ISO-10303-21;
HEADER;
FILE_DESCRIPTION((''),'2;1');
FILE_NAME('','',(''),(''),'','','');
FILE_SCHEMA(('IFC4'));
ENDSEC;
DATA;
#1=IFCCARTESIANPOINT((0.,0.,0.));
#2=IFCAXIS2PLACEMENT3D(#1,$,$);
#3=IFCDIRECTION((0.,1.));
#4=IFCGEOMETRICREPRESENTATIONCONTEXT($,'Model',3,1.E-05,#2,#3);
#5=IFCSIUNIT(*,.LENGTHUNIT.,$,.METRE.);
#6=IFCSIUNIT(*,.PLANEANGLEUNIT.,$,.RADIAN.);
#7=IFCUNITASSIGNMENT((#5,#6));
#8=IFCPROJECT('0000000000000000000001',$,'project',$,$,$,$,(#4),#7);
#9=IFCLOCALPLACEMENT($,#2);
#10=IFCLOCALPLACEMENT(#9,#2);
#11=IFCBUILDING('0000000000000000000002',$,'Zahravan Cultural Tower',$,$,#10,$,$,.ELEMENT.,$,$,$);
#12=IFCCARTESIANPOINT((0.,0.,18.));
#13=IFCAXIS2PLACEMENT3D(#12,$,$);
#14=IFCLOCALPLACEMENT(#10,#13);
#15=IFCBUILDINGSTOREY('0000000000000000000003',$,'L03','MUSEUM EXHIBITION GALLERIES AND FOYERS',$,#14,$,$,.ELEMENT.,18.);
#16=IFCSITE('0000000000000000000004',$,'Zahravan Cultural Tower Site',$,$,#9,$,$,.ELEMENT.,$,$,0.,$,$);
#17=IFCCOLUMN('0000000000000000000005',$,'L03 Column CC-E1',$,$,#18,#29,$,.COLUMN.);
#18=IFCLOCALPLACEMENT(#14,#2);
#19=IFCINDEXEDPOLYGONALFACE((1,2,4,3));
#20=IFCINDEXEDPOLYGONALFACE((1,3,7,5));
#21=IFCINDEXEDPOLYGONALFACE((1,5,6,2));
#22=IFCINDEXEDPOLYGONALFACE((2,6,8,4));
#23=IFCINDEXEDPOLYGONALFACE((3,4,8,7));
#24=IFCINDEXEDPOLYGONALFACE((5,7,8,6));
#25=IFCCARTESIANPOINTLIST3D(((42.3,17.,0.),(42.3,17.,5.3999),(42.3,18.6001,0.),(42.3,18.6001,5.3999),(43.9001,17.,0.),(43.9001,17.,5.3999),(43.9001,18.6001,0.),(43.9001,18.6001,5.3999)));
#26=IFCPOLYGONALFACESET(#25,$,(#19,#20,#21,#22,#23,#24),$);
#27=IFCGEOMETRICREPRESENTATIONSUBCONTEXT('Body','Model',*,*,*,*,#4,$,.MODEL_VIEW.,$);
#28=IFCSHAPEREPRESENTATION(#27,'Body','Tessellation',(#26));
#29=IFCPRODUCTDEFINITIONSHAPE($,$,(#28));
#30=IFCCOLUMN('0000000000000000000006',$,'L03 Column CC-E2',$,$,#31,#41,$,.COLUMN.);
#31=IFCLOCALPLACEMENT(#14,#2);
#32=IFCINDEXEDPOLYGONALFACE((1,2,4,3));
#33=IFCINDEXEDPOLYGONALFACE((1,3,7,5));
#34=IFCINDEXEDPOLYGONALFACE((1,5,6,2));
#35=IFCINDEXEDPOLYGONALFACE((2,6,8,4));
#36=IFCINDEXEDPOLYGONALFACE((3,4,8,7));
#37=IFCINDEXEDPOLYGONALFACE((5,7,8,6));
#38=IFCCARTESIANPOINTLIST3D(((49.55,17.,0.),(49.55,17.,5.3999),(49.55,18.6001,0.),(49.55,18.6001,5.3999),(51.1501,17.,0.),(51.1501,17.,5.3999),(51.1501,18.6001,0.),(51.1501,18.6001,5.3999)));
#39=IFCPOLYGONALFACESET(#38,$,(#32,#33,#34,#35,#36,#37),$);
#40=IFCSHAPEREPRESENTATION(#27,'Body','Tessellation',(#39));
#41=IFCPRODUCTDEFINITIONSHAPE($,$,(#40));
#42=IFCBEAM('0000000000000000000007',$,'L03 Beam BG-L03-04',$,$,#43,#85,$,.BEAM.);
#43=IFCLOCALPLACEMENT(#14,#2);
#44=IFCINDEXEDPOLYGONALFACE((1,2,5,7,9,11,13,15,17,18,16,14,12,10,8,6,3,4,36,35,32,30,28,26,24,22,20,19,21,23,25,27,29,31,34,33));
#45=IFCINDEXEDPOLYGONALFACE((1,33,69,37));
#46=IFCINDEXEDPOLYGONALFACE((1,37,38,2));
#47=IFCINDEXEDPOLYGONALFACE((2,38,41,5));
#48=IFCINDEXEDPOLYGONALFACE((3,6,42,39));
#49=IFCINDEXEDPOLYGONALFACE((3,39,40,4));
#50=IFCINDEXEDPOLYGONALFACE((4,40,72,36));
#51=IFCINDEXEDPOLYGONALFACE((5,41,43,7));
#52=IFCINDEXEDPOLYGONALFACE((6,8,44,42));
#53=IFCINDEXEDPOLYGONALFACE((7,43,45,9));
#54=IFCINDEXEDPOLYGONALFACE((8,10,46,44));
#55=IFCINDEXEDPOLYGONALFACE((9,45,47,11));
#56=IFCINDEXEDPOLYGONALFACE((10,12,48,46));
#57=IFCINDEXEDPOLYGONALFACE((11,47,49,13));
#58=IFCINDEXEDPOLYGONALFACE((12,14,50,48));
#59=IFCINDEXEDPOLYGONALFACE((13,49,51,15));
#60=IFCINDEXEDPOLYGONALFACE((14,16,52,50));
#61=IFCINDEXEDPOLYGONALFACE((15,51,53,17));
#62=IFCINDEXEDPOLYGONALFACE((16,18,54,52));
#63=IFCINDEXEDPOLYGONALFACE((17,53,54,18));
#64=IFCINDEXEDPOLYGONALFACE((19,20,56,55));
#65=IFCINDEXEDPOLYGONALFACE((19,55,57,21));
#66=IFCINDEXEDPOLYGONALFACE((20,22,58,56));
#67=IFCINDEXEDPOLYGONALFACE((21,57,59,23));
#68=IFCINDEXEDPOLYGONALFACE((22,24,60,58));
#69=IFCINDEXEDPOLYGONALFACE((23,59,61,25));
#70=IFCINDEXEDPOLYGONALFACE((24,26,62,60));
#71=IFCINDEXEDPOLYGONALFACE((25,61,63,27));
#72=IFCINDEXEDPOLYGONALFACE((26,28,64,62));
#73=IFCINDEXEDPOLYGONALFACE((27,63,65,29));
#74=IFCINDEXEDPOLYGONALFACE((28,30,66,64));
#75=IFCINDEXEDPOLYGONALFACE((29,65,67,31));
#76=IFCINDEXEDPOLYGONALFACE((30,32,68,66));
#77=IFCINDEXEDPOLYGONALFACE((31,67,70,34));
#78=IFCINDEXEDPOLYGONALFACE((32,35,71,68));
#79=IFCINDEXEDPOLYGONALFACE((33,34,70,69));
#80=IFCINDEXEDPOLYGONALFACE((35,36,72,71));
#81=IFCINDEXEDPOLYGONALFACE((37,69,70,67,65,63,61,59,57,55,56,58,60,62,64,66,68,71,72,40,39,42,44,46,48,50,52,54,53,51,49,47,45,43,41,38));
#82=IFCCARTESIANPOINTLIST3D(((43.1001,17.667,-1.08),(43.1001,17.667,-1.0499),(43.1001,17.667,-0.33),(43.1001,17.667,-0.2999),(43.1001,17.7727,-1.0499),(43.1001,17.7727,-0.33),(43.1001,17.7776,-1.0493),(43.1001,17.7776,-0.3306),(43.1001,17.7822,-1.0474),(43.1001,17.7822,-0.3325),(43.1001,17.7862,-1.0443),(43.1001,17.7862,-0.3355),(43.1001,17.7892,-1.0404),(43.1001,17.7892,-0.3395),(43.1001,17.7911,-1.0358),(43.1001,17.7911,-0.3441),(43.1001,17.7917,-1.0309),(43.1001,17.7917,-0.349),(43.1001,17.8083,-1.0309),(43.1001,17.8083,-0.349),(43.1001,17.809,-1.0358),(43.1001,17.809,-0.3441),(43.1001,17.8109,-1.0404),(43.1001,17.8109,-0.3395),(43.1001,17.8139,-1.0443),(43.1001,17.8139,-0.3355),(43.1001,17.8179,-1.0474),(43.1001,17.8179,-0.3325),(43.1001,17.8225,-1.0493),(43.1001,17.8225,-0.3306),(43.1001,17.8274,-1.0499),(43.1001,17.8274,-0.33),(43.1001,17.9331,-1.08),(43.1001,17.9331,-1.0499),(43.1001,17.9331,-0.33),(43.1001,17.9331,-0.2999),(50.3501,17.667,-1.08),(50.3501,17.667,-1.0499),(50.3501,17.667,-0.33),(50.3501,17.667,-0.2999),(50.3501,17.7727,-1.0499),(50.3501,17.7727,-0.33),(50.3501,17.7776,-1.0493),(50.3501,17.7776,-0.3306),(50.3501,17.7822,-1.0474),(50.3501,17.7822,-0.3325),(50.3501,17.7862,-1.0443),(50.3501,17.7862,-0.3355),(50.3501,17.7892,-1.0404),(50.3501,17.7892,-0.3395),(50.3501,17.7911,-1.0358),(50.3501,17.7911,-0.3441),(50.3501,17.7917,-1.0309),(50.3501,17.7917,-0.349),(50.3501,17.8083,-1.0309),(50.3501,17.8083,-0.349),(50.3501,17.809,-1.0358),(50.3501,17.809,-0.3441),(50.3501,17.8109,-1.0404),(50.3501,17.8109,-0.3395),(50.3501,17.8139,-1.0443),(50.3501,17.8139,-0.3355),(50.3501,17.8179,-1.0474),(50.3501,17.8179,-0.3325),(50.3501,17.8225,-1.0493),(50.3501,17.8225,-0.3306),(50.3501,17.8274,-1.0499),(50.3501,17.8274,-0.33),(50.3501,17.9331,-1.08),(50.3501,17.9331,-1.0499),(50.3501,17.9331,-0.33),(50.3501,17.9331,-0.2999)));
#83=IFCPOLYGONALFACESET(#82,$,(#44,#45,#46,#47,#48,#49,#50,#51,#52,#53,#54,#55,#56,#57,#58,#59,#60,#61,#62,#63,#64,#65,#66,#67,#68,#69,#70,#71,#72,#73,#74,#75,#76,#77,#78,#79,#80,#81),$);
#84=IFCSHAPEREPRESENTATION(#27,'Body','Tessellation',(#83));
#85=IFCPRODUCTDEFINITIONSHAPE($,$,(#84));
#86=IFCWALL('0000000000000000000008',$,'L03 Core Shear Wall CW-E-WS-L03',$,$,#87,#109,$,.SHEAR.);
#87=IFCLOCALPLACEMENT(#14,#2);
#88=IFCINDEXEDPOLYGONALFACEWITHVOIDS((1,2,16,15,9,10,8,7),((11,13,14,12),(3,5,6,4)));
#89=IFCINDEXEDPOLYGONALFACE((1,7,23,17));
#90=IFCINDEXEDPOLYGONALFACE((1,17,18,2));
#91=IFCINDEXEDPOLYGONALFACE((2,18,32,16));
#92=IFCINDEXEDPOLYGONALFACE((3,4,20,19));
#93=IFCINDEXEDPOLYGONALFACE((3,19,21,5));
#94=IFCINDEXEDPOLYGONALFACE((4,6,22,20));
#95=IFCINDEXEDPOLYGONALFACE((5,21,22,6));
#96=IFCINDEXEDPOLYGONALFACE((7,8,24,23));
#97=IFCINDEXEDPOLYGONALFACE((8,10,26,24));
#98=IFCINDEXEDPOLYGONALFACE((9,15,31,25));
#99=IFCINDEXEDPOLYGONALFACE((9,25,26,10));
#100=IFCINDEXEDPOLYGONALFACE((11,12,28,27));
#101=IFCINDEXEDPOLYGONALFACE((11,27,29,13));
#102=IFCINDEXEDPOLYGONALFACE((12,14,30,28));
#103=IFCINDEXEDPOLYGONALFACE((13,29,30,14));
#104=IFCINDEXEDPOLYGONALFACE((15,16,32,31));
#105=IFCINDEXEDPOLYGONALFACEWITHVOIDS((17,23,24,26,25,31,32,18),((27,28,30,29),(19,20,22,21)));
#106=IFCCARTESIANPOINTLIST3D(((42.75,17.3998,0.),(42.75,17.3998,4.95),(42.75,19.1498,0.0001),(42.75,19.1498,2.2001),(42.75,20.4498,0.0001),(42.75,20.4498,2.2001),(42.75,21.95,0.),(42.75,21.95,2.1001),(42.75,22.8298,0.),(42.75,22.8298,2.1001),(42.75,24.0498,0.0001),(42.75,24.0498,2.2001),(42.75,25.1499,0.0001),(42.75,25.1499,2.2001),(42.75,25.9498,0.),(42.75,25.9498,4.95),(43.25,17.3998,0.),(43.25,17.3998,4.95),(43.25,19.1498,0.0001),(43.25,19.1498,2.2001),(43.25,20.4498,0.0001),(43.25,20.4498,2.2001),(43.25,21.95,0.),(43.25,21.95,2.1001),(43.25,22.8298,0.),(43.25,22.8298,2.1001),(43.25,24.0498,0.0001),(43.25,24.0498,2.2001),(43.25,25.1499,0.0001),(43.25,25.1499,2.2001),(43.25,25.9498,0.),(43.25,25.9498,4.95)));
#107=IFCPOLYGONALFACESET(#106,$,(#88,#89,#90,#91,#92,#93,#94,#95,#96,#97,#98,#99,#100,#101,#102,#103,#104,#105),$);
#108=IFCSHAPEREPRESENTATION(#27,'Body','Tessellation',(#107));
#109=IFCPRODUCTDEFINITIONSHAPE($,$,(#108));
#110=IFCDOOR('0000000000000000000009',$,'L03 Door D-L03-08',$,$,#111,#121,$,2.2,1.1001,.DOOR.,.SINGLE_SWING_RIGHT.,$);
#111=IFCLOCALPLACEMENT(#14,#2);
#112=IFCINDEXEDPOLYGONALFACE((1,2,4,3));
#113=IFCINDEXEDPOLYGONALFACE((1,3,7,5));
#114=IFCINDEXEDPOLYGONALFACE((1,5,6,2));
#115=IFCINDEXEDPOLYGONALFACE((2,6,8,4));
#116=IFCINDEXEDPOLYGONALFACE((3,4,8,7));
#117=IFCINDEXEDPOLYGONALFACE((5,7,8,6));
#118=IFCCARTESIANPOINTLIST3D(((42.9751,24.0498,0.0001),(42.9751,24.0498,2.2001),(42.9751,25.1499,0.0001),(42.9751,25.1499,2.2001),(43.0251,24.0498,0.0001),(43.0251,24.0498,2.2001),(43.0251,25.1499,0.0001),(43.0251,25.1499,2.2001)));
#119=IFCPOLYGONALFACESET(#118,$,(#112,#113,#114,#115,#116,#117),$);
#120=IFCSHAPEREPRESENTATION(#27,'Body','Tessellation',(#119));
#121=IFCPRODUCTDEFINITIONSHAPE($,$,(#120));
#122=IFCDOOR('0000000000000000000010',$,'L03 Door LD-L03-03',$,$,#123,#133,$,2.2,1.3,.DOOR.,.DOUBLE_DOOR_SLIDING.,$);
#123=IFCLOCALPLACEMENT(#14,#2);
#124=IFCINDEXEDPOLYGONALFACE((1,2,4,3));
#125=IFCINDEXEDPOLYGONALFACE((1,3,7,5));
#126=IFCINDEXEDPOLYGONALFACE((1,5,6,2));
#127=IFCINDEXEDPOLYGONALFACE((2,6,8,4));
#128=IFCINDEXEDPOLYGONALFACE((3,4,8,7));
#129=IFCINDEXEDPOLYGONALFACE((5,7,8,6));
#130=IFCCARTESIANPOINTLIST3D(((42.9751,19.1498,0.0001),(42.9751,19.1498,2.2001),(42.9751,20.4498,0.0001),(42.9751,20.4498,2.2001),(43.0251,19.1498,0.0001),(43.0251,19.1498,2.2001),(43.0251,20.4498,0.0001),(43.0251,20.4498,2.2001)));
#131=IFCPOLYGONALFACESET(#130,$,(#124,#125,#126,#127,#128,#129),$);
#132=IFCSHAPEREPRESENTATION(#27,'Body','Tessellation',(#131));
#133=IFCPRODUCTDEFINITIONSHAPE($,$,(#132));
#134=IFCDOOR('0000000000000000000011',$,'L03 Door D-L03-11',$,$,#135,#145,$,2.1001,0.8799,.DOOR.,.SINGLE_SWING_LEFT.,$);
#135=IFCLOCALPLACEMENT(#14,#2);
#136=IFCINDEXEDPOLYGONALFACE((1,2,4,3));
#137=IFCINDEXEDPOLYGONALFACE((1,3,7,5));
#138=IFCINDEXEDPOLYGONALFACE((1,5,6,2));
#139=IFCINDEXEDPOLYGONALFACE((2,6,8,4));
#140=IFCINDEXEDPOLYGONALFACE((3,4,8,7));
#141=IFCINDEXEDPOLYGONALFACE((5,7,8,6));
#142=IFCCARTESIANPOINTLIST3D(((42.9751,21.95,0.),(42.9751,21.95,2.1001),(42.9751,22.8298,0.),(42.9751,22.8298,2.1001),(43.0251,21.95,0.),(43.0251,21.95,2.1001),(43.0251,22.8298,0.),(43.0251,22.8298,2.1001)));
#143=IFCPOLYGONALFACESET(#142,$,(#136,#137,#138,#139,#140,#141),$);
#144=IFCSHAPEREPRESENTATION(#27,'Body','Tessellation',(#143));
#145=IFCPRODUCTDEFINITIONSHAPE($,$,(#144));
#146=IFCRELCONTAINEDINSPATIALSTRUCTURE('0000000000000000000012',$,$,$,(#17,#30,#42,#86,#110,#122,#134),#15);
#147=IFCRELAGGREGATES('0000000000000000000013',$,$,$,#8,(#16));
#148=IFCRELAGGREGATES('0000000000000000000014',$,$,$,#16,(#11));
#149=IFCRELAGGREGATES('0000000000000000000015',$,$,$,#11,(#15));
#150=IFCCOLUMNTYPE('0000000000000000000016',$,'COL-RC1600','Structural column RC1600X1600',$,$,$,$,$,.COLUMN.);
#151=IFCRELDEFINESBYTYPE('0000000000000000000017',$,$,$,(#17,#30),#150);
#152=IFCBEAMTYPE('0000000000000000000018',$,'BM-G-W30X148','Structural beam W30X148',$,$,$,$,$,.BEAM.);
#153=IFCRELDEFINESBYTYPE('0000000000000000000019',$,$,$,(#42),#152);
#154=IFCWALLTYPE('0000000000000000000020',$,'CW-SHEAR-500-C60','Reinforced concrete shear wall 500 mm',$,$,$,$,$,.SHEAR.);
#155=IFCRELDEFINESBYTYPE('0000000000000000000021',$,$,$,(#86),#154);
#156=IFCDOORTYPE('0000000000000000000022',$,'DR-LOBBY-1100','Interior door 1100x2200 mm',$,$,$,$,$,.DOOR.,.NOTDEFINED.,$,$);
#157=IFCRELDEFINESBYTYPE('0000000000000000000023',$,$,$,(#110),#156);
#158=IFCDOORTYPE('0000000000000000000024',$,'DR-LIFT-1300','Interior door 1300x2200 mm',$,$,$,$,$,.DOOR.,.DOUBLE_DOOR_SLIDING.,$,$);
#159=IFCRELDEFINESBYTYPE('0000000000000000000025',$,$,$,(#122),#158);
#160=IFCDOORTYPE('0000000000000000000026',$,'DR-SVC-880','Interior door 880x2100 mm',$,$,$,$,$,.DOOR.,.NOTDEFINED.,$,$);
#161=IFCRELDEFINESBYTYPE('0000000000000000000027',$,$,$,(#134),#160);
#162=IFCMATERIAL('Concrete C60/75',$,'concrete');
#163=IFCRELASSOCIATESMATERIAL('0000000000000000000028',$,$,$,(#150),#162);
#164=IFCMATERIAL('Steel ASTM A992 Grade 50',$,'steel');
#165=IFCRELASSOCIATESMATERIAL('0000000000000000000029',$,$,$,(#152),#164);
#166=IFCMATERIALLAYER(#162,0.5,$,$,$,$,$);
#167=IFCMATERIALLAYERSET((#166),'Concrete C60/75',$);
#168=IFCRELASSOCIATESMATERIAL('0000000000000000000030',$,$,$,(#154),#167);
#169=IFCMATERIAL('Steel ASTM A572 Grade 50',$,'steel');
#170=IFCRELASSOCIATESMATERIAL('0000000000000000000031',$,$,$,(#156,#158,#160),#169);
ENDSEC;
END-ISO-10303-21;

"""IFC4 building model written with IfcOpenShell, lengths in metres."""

from ifc_helpers import new_model, si_unit, direction, frame, frame_2d, origin, origin_2d, place, context, subcontext, project, spatial, rectangle, i_section, extrude, source, transform, mapped, material, layer, layer_set, material_profile, profile_set, type_object, element, fill, save


model = new_model("IFC4")

# Units and contexts
model_context = context("Model", 3, precision=1e-05, world=origin(), true_north=direction((0.0, 1.0)))
body_context = subcontext(model_context, "Body", "Model", "MODEL_VIEW")
ifc_project = project(units=[si_unit("LENGTHUNIT", "METRE"), si_unit("PLANEANGLEUNIT", "RADIAN")], contexts=[model_context])

# Site, building, storey
site_placement = place(None, origin())
site = spatial("IfcSite", under=ifc_project, at=site_placement, Name="Zahravan Cultural Tower Site", CompositionType="ELEMENT", RefElevation=0.0)
building_placement = place(site_placement, origin())
building = spatial("IfcBuilding", under=site, at=building_placement, Name="Zahravan Cultural Tower", CompositionType="ELEMENT")
storey_placement = place(building_placement, frame((0.0, 0.0, 18.0)))
storey = spatial("IfcBuildingStorey", under=building, at=storey_placement, Name="L03", Description="MUSEUM EXHIBITION GALLERIES AND FOYERS", CompositionType="ELEMENT", Elevation=18.0)

# Columns
ifc_material_1 = material(Name="Concrete C60/75", Category="concrete")
ifc_material_profile_1 = material_profile(ifc_material_1, rectangle(XDim=1.6001, YDim=1.6001, at=origin_2d()), Name="RC1600X1600")
ifc_profile_set_1 = profile_set([ifc_material_profile_1], Name="Concrete C60/75")
column_type = type_object("IfcColumnType", Name="COL-RC1600", Description="Structural column RC1600X1600", PredefinedType="COLUMN", material=ifc_profile_set_1)
shared_shape_1 = source(origin(), body_context, "Body", "SweptSolid", [
    extrude(rectangle(XDim=1.6001, YDim=1.6001, at=origin_2d()), origin(), (0.0, 0.0, 1.0), 5.3999),
])
for number, where, z_axis, x_axis, name in (
    (1, (43.1001, 17.8, 0.0), (0.0, 0.0, 1.0), (1.0, 0.0, 0.0), "L03 Column CC-E1"),
    (2, (50.3501, 17.8, 0.0), (0.0, 0.0, 1.0), (1.0, 0.0, 0.0), "L03 Column CC-E2"),
):
    element("IfcColumn", number, at=place(storey_placement, frame(where, z_axis=z_axis, x_axis=x_axis)), inside=storey, type_object=column_type, Name=name, PredefinedType="COLUMN", context=body_context, shape_type="MappedRepresentation", body=[
        mapped(shared_shape_1, transform((0.0, 0.0, 0.0), x_axis=(1.0, 0.0, 0.0), y_axis=(0.0, 1.0, 0.0), z_axis=(0.0, 0.0, 1.0), scale=1.0)),
    ])

# Beam
ifc_material_2 = material(Name="Steel ASTM A992 Grade 50", Category="steel")
ifc_material_profile_2 = material_profile(ifc_material_2, i_section(OverallWidth=0.2661, OverallDepth=0.78, WebThickness=0.0166, FlangeThickness=0.03, FilletRadius=0.019, at=origin_2d()), Name="W30X148")
ifc_profile_set_2 = profile_set([ifc_material_profile_2], Name="Steel ASTM A992 Grade 50")
beam_type = type_object("IfcBeamType", Name="BM-G-W30X148", Description="Structural beam W30X148", PredefinedType="BEAM", material=ifc_profile_set_2)
shared_shape_2 = source(origin(), body_context, "Body", "SweptSolid", [
    extrude(i_section(OverallWidth=0.2661, OverallDepth=0.78, WebThickness=0.0166, FlangeThickness=0.03, FilletRadius=0.019, at=origin_2d()), origin(), (0.0, 0.0, 1.0), 7.25),
])
beam_placement = place(storey_placement, frame((43.1001, 17.8, -0.6899), z_axis=(1.0, 0.0, 0.0), x_axis=(0.0, 1.0, 0.0)))
element("IfcBeam", 3, at=beam_placement, inside=storey, type_object=beam_type, Name="L03 Beam BG-L03-04", PredefinedType="BEAM", context=body_context, shape_type="MappedRepresentation", body=[
    mapped(shared_shape_2, transform((0.0, 0.0, 0.0), x_axis=(1.0, 0.0, 0.0), y_axis=(0.0, 1.0, 0.0), z_axis=(0.0, 0.0, 1.0), scale=1.0)),
])

# Wall, openings, doors
ifc_layer_1 = layer(ifc_material_1, 0.5)
ifc_layer_set_1 = layer_set([ifc_layer_1], Name="Concrete C60/75")
wall_type_1 = type_object("IfcWallType", Name="CW-SHEAR-500-C60", Description="Reinforced concrete shear wall 500 mm", PredefinedType="SHEAR", material=ifc_layer_set_1)
wall_1_placement = place(storey_placement, frame((43.0, 17.3999, 0.0), z_axis=(0.0, 0.0, 1.0), x_axis=(0.0, 1.0, 0.0)))
wall_1 = element("IfcWall", 4, at=wall_1_placement, inside=storey, type_object=wall_type_1, Name="L03 Core Shear Wall CW-E-WS-L03", PredefinedType="SHEAR", context=body_context, shape_type="SweptSolid", body=[
    extrude(rectangle(XDim=8.55, YDim=0.5, at=frame_2d((4.2749, 0.0))), origin(), (0.0, 0.0, 1.0), 4.95),
])
opening_1_placement = place(wall_1_placement, frame((6.6499, 0.0, 0.0)))
opening_1 = element("IfcOpeningElement", 5, at=opening_1_placement, cuts=wall_1, PredefinedType="OPENING", context=body_context, shape_type="SweptSolid", body=[
    extrude(rectangle(XDim=1.1001, YDim=2.2, at=frame_2d((0.55, 1.1001))), frame((0.0, 0.26, 0.0), z_axis=(0.0, -1.0, 0.0), x_axis=(1.0, 0.0, 0.0)), (0.0, 0.0, 1.0), 0.52),
])
opening_2_placement = place(wall_1_placement, frame((1.75, 0.0, 0.0)))
opening_2 = element("IfcOpeningElement", 6, at=opening_2_placement, cuts=wall_1, PredefinedType="OPENING", context=body_context, shape_type="SweptSolid", body=[
    extrude(rectangle(XDim=1.3, YDim=2.2, at=frame_2d((0.6499, 1.1001))), frame((0.0, 0.26, 0.0), z_axis=(0.0, -1.0, 0.0), x_axis=(1.0, 0.0, 0.0)), (0.0, 0.0, 1.0), 0.52),
])
opening_3_placement = place(wall_1_placement, frame((4.55, 0.0, 0.0)))
opening_3 = element("IfcOpeningElement", 7, at=opening_3_placement, cuts=wall_1, PredefinedType="OPENING", context=body_context, shape_type="SweptSolid", body=[
    extrude(rectangle(XDim=0.8799, YDim=2.1001, at=frame_2d((0.4399, 1.05))), frame((0.0, 0.26, 0.0), z_axis=(0.0, -1.0, 0.0), x_axis=(1.0, 0.0, 0.0)), (0.0, 0.0, 1.0), 0.52),
])
ifc_material_3 = material(Name="Steel ASTM A572 Grade 50", Category="steel")
door_type_1 = type_object("IfcDoorType", Name="DR-LOBBY-1100", Description="Interior door 1100x2200 mm", OperationType="NOTDEFINED", PredefinedType="DOOR", material=ifc_material_3)
shared_shape_3 = source(origin(), body_context, "Body", "SweptSolid", [
    extrude(rectangle(XDim=1.1001, YDim=2.2, at=frame_2d((0.55, 1.1001))), frame((0.0, 0.0249, 0.0), z_axis=(0.0, -1.0, 0.0), x_axis=(1.0, 0.0, 0.0)), (0.0, 0.0, 1.0), 0.05),
])
door_1_placement = place(opening_1_placement, origin())
door_1 = element("IfcDoor", 8, at=door_1_placement, inside=storey, type_object=door_type_1, Name="L03 Door D-L03-08", OperationType="SINGLE_SWING_RIGHT", OverallHeight=2.2, OverallWidth=1.1001, PredefinedType="DOOR", context=body_context, shape_type="MappedRepresentation", body=[
    mapped(shared_shape_3, transform((0.0, 0.0, 0.0), x_axis=(1.0, 0.0, 0.0), y_axis=(0.0, 1.0, 0.0), z_axis=(0.0, 0.0, 1.0), scale=1.0)),
])
fill(opening_1, door_1)
door_type_2 = type_object("IfcDoorType", Name="DR-LIFT-1300", Description="Interior door 1300x2200 mm", OperationType="DOUBLE_DOOR_SLIDING", PredefinedType="DOOR", material=ifc_material_3)
shared_shape_4 = source(origin(), body_context, "Body", "SweptSolid", [
    extrude(rectangle(XDim=1.3, YDim=2.2, at=frame_2d((0.6499, 1.1001))), frame((0.0, 0.0249, 0.0), z_axis=(0.0, -1.0, 0.0), x_axis=(1.0, 0.0, 0.0)), (0.0, 0.0, 1.0), 0.05),
])
door_2_placement = place(opening_2_placement, origin())
door_2 = element("IfcDoor", 9, at=door_2_placement, inside=storey, type_object=door_type_2, Name="L03 Door LD-L03-03", OperationType="DOUBLE_DOOR_SLIDING", OverallHeight=2.2, OverallWidth=1.3, PredefinedType="DOOR", context=body_context, shape_type="MappedRepresentation", body=[
    mapped(shared_shape_4, transform((0.0, 0.0, 0.0), x_axis=(1.0, 0.0, 0.0), y_axis=(0.0, 1.0, 0.0), z_axis=(0.0, 0.0, 1.0), scale=1.0)),
])
fill(opening_2, door_2)
door_type_3 = type_object("IfcDoorType", Name="DR-SVC-880", Description="Interior door 880x2100 mm", OperationType="NOTDEFINED", PredefinedType="DOOR", material=ifc_material_3)
shared_shape_5 = source(origin(), body_context, "Body", "SweptSolid", [
    extrude(rectangle(XDim=0.8799, YDim=2.1001, at=frame_2d((0.4399, 1.05))), frame((0.0, 0.0249, 0.0), z_axis=(0.0, -1.0, 0.0), x_axis=(1.0, 0.0, 0.0)), (0.0, 0.0, 1.0), 0.05),
])
door_3_placement = place(opening_3_placement, origin())
door_3 = element("IfcDoor", 10, at=door_3_placement, inside=storey, type_object=door_type_3, Name="L03 Door D-L03-11", OperationType="SINGLE_SWING_LEFT", OverallHeight=2.1001, OverallWidth=0.8799, PredefinedType="DOOR", context=body_context, shape_type="MappedRepresentation", body=[
    mapped(shared_shape_5, transform((0.0, 0.0, 0.0), x_axis=(1.0, 0.0, 0.0), y_axis=(0.0, 1.0, 0.0), z_axis=(0.0, 0.0, 1.0), scale=1.0)),
])
fill(opening_3, door_3)

save(model, "model.ifc")
